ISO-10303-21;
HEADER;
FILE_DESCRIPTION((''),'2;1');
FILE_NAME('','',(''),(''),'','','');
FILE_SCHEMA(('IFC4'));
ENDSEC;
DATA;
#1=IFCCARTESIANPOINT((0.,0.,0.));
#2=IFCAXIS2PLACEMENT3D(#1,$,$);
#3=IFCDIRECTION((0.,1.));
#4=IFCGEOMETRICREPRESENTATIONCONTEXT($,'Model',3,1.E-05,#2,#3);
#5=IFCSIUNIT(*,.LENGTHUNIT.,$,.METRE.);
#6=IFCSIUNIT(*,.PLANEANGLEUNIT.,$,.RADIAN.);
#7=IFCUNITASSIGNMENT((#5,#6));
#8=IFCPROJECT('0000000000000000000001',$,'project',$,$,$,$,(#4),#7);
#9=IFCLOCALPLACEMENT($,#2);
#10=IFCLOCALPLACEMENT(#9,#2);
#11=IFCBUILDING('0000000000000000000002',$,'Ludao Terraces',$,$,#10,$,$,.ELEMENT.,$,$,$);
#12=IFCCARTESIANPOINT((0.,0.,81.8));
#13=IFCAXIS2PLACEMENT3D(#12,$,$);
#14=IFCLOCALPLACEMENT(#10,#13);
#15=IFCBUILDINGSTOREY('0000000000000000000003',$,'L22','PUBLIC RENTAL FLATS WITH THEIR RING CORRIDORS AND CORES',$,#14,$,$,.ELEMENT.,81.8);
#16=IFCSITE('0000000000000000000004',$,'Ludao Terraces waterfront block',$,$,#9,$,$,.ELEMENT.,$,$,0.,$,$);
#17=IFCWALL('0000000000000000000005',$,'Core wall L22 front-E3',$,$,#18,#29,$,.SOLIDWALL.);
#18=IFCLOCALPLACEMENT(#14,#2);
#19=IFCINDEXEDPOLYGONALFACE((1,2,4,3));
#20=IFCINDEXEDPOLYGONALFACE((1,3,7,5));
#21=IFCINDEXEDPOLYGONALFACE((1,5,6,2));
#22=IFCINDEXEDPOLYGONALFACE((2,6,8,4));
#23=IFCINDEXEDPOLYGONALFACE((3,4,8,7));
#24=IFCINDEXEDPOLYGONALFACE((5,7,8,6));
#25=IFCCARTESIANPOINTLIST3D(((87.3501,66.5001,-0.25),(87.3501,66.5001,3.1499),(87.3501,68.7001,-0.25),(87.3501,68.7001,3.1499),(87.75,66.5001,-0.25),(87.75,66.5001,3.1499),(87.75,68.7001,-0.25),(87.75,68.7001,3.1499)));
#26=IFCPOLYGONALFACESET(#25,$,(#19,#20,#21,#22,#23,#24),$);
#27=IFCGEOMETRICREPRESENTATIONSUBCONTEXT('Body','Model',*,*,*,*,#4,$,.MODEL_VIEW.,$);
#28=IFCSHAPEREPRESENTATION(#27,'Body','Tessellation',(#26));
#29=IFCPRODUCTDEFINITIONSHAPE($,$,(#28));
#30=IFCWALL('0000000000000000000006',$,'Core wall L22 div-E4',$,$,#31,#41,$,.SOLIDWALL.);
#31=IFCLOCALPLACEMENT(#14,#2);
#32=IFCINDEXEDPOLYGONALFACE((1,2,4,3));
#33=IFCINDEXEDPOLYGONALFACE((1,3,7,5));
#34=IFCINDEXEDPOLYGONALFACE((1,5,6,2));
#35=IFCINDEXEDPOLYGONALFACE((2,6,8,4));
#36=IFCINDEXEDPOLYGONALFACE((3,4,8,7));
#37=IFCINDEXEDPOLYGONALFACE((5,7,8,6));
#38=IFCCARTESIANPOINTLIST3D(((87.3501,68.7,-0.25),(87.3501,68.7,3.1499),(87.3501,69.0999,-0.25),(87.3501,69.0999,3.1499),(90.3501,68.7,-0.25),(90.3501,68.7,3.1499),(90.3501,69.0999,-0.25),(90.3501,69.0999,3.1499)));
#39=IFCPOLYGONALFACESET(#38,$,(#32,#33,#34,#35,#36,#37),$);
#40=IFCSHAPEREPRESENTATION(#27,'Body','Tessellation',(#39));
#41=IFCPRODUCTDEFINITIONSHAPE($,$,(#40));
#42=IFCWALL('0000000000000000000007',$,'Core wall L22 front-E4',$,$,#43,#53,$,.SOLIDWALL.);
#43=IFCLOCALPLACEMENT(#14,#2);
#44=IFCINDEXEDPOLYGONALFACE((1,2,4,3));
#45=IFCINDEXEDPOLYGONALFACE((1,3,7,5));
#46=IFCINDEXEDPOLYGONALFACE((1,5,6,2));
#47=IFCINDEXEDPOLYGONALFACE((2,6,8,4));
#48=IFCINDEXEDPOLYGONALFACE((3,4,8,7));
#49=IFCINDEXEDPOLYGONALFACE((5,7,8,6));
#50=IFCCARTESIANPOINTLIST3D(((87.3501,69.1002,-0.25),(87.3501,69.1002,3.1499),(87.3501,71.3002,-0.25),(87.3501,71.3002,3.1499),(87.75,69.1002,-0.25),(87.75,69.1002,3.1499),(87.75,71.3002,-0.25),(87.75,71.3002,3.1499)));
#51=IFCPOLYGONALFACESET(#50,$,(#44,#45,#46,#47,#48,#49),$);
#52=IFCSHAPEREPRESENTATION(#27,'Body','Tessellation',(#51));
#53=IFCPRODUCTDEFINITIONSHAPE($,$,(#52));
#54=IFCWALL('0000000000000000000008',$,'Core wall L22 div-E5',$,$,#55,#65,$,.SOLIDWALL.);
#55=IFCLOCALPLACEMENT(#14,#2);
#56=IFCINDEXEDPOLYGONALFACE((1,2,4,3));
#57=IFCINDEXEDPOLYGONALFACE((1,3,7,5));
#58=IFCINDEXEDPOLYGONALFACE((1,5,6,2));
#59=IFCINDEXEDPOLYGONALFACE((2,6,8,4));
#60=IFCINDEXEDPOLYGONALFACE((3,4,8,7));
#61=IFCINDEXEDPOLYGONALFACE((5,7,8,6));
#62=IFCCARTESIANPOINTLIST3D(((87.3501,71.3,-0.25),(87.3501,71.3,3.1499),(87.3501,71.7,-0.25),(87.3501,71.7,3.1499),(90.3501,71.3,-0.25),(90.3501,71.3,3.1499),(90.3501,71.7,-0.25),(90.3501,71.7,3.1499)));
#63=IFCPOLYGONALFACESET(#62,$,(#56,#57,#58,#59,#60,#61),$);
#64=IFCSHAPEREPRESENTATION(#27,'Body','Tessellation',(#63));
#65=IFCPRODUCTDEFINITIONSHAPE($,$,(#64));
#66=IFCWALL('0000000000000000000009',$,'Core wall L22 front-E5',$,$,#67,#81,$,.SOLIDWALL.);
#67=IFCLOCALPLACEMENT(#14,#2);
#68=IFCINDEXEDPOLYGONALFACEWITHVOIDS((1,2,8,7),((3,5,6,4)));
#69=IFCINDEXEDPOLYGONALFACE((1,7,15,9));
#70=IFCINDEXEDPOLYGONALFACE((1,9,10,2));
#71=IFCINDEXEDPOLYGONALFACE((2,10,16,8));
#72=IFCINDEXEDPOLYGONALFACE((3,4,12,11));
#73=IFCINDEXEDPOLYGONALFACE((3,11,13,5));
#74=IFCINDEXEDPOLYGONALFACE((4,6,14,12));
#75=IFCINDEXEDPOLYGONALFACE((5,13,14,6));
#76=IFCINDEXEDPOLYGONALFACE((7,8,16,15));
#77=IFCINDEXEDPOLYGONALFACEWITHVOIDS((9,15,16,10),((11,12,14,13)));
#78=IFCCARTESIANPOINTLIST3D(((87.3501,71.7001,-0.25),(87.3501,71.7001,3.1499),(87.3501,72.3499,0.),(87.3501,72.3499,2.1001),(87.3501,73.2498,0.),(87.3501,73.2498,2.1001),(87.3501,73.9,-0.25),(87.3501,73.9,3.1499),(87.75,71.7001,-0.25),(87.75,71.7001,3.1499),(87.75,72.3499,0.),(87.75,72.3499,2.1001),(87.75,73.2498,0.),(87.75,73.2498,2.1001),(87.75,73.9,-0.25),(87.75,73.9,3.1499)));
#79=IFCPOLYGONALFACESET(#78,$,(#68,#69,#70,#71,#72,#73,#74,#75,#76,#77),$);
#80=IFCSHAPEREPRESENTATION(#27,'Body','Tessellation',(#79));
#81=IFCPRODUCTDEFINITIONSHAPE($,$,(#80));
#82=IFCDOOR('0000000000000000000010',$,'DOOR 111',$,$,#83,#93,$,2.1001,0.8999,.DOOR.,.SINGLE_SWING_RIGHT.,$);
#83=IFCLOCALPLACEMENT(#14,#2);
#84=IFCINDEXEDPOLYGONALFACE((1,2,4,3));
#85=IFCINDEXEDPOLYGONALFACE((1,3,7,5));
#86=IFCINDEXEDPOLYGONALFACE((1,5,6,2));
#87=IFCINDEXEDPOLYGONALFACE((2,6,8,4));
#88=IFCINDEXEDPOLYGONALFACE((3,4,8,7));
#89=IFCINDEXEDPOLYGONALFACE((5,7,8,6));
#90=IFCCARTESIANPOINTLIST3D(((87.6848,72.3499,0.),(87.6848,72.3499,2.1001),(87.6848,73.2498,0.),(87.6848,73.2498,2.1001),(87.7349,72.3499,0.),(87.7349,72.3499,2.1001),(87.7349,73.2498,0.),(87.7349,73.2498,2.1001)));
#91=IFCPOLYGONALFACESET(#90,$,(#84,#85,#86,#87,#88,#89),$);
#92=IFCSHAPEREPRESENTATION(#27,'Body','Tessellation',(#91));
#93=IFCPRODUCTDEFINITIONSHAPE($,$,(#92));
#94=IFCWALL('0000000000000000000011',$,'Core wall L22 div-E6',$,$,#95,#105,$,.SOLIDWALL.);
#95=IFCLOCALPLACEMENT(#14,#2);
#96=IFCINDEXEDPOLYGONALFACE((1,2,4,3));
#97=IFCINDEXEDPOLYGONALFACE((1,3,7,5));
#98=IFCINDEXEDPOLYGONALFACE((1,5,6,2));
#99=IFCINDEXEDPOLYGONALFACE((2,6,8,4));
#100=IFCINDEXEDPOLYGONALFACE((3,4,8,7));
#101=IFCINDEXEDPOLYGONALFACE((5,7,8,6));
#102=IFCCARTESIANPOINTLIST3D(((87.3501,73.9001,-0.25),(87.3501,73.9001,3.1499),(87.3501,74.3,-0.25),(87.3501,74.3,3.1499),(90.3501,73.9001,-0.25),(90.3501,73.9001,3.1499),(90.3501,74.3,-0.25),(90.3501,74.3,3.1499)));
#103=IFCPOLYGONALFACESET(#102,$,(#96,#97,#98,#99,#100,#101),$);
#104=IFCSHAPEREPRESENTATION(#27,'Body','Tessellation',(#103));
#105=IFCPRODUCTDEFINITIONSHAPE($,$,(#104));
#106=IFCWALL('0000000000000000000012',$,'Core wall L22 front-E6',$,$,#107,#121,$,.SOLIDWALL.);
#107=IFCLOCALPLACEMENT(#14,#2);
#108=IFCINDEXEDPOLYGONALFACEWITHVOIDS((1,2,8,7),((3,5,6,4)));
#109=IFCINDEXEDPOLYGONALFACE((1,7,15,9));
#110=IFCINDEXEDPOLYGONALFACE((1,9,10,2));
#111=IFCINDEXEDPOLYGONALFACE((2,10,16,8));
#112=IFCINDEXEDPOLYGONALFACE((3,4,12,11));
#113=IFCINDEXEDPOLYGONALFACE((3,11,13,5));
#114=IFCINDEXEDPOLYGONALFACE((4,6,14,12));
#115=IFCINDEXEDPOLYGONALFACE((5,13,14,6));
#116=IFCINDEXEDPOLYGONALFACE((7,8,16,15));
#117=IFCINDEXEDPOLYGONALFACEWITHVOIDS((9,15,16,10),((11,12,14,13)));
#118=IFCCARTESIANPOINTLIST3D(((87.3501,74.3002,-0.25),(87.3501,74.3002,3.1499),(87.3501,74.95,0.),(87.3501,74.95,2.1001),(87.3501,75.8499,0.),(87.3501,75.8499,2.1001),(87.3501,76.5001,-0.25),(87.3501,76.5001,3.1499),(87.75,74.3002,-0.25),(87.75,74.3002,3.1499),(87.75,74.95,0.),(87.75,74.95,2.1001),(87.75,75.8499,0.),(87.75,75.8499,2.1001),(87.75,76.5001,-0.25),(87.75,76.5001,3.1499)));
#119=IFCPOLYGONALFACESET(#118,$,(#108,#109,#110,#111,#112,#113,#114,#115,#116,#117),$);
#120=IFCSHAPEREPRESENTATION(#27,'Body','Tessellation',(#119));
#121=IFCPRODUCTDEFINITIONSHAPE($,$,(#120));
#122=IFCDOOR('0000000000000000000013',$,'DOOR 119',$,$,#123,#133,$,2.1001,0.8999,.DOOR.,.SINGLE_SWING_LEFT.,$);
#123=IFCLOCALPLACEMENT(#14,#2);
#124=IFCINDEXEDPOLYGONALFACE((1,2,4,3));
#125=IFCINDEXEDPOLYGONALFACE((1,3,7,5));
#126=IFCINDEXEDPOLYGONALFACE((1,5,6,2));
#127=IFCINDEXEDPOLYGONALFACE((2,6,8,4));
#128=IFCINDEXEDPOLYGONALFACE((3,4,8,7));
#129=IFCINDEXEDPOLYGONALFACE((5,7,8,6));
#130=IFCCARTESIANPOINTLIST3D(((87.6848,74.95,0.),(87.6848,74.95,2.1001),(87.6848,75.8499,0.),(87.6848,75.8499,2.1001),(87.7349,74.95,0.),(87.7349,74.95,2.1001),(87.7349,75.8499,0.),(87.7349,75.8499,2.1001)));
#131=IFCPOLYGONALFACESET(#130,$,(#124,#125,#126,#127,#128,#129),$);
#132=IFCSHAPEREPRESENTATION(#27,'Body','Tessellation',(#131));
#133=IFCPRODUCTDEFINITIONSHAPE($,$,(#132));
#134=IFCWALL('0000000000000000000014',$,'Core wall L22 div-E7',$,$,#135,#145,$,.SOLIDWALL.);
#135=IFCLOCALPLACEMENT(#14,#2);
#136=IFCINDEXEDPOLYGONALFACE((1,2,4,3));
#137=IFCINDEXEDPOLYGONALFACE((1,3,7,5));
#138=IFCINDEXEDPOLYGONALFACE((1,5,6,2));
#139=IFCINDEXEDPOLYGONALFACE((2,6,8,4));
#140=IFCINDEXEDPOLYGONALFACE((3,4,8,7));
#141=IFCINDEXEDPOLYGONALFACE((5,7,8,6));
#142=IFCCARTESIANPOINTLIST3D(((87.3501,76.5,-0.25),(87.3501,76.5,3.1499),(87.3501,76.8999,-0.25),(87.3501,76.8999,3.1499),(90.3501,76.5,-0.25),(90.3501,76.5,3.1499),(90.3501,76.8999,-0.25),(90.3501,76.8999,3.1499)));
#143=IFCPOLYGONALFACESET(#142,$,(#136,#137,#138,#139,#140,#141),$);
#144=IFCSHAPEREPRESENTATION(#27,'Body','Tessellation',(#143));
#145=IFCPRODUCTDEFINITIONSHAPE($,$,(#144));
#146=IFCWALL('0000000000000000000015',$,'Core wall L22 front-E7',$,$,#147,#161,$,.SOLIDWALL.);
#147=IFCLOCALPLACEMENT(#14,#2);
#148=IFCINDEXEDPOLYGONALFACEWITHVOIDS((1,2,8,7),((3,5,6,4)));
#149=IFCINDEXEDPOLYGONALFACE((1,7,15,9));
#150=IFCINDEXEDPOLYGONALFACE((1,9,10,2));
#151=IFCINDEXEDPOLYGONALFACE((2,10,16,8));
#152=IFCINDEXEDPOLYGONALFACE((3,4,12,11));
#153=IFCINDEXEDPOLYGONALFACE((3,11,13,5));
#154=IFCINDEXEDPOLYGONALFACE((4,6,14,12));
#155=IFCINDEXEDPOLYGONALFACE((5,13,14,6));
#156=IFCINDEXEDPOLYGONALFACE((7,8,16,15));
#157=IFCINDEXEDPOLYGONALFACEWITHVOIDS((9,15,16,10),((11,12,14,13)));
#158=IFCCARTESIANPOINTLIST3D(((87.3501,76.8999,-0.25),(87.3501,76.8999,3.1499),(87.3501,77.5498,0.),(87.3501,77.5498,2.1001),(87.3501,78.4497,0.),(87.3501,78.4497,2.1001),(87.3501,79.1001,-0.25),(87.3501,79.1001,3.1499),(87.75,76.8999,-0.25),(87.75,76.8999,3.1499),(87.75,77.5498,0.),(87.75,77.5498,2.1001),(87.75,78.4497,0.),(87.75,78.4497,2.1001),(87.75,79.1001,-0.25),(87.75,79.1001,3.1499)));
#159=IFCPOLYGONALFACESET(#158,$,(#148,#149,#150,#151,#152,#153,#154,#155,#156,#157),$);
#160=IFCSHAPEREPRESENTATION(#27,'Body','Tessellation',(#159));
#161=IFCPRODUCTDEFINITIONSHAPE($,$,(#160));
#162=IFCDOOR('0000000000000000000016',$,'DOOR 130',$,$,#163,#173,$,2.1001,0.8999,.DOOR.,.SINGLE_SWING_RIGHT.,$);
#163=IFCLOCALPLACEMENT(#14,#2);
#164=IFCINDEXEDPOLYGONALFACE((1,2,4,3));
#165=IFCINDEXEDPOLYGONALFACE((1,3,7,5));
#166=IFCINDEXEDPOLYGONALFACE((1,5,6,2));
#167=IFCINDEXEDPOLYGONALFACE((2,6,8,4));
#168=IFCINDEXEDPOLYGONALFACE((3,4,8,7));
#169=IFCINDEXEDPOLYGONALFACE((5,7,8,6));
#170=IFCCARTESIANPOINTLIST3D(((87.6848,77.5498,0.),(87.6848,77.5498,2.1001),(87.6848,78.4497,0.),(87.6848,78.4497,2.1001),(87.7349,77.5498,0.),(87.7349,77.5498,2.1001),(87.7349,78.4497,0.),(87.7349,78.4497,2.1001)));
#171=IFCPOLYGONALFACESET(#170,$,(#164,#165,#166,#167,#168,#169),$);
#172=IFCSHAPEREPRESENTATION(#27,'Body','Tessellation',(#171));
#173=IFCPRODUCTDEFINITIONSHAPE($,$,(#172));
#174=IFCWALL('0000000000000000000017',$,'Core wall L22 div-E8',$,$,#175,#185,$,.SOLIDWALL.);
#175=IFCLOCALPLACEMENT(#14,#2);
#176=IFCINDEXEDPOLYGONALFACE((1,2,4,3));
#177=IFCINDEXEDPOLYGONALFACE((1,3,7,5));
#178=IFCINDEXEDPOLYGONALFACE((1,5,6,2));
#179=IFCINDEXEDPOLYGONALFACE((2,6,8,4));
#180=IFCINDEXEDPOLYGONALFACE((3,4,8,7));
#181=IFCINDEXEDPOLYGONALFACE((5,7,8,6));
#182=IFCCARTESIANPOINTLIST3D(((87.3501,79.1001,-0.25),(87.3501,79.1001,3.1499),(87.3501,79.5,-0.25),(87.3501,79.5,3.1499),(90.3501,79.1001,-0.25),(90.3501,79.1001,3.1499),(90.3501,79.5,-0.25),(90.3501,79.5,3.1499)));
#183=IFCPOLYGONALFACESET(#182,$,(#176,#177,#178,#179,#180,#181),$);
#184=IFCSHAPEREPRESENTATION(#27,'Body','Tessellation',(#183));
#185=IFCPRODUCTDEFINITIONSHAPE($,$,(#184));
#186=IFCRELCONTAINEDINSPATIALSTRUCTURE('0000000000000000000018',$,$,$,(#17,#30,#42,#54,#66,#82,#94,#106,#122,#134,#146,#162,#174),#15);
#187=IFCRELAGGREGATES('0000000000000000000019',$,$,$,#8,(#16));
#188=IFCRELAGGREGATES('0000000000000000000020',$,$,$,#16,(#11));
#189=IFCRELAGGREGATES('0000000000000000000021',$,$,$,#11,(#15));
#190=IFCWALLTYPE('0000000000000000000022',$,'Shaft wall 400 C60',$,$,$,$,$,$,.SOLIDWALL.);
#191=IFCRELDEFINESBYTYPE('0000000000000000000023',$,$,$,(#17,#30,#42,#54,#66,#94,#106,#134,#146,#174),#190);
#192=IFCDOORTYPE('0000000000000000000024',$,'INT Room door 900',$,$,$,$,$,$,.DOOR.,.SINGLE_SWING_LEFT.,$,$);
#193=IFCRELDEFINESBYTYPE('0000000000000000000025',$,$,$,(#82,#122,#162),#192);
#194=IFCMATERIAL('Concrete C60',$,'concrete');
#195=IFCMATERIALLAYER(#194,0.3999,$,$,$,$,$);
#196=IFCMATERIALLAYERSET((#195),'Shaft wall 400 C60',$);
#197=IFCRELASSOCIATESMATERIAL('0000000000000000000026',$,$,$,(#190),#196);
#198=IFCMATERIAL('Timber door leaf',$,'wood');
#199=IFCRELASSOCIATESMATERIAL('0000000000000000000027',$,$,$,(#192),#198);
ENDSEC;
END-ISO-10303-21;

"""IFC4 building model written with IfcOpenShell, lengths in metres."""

from ifc_helpers import new_model, si_unit, direction, frame, frame_2d, origin, place, context, subcontext, project, spatial, rectangle, extrude, material, layer, layer_set, type_object, element, fill, save


model = new_model("IFC4")

# Units and contexts
model_context = context("Model", 3, precision=1e-05, world=origin(), true_north=direction((0.0, 1.0)))
body_context = subcontext(model_context, "Body", "Model", "MODEL_VIEW")
ifc_project = project(units=[si_unit("LENGTHUNIT", "METRE"), si_unit("PLANEANGLEUNIT", "RADIAN")], contexts=[model_context])

# Site, building, storey
site_placement = place(None, origin())
site = spatial("IfcSite", under=ifc_project, at=site_placement, Name="Ludao Terraces waterfront block", CompositionType="ELEMENT", RefElevation=0.0)
building_placement = place(site_placement, origin())
building = spatial("IfcBuilding", under=site, at=building_placement, Name="Ludao Terraces", CompositionType="ELEMENT")
storey_placement = place(building_placement, frame((0.0, 0.0, 81.8)))
storey = spatial("IfcBuildingStorey", under=building, at=storey_placement, Name="L22", Description="PUBLIC RENTAL FLATS WITH THEIR RING CORRIDORS AND CORES", CompositionType="ELEMENT", Elevation=81.8)

# Walls
ifc_material_1 = material(Name="Concrete C60", Category="concrete")
ifc_layer_1 = layer(ifc_material_1, 0.3999)
ifc_layer_set_1 = layer_set([ifc_layer_1], Name="Shaft wall 400 C60")
wall_type_1 = type_object("IfcWallType", Name="Shaft wall 400 C60", PredefinedType="SOLIDWALL", material=ifc_layer_set_1)
wall_1_placement = place(storey_placement, frame((87.55, 66.5, -0.25), z_axis=(0.0, 0.0, 1.0), x_axis=(0.0, 1.0, 0.0)))
element("IfcWall", 1, at=wall_1_placement, inside=storey, type_object=wall_type_1, Name="Core wall L22 front-E3", PredefinedType="SOLIDWALL", context=body_context, shape_type="SweptSolid", body=[
    extrude(rectangle(XDim=2.2, YDim=0.3999, at=frame_2d((1.1001, 0.0))), origin(), (0.0, 0.0, 1.0), 3.3999),
])
wall_2_placement = place(storey_placement, frame((87.3501, 68.8999, -0.25), z_axis=(0.0, 0.0, 1.0), x_axis=(1.0, 0.0, 0.0)))
element("IfcWall", 2, at=wall_2_placement, inside=storey, type_object=wall_type_1, Name="Core wall L22 div-E4", PredefinedType="SOLIDWALL", context=body_context, shape_type="SweptSolid", body=[
    extrude(rectangle(XDim=3.0, YDim=0.3999, at=frame_2d((1.5, 0.0))), origin(), (0.0, 0.0, 1.0), 3.3999),
])
wall_3_placement = place(storey_placement, frame((87.55, 69.1001, -0.25), z_axis=(0.0, 0.0, 1.0), x_axis=(0.0, 1.0, 0.0)))
element("IfcWall", 3, at=wall_3_placement, inside=storey, type_object=wall_type_1, Name="Core wall L22 front-E4", PredefinedType="SOLIDWALL", context=body_context, shape_type="SweptSolid", body=[
    extrude(rectangle(XDim=2.2, YDim=0.3999, at=frame_2d((1.1001, 0.0))), origin(), (0.0, 0.0, 1.0), 3.3999),
])
wall_4_placement = place(storey_placement, frame((87.3501, 71.5, -0.25), z_axis=(0.0, 0.0, 1.0), x_axis=(1.0, 0.0, 0.0)))
element("IfcWall", 4, at=wall_4_placement, inside=storey, type_object=wall_type_1, Name="Core wall L22 div-E5", PredefinedType="SOLIDWALL", context=body_context, shape_type="SweptSolid", body=[
    extrude(rectangle(XDim=3.0, YDim=0.3999, at=frame_2d((1.5, 0.0))), origin(), (0.0, 0.0, 1.0), 3.3999),
])

# Wall, opening, door
wall_5_placement = place(storey_placement, frame((87.55, 71.7, -0.25), z_axis=(0.0, 0.0, 1.0), x_axis=(0.0, 1.0, 0.0)))
wall_5 = element("IfcWall", 5, at=wall_5_placement, inside=storey, type_object=wall_type_1, Name="Core wall L22 front-E5", PredefinedType="SOLIDWALL", context=body_context, shape_type="SweptSolid", body=[
    extrude(rectangle(XDim=2.2, YDim=0.3999, at=frame_2d((1.1001, 0.0))), origin(), (0.0, 0.0, 1.0), 3.3999),
])
opening_1_placement = place(wall_5_placement, frame((0.6499, 0.0, 0.25)))
opening_1 = element("IfcOpeningElement", 6, at=opening_1_placement, cuts=wall_5, PredefinedType="OPENING", context=body_context, shape_type="SweptSolid", body=[
    extrude(rectangle(XDim=0.8999, YDim=2.1001, at=frame_2d((0.45, 1.05))), frame((0.0, 0.21, 0.0), z_axis=(0.0, -1.0, 0.0), x_axis=(1.0, 0.0, 0.0)), (0.0, 0.0, 1.0), 0.4199),
])
ifc_material_2 = material(Name="Timber door leaf", Category="wood")
door_type_1 = type_object("IfcDoorType", Name="INT Room door 900", OperationType="SINGLE_SWING_LEFT", PredefinedType="DOOR", material=ifc_material_2)
door_1_placement = place(opening_1_placement, origin())
door_1 = element("IfcDoor", 7, at=door_1_placement, inside=storey, type_object=door_type_1, Name="DOOR 111", OperationType="SINGLE_SWING_RIGHT", OverallHeight=2.1001, OverallWidth=0.8999, PredefinedType="DOOR", context=body_context, shape_type="SweptSolid", body=[
    extrude(rectangle(XDim=0.8999, YDim=2.1001, at=frame_2d((0.45, 1.05))), frame((0.0, -0.1348, 0.0), z_axis=(0.0, -1.0, 0.0), x_axis=(1.0, 0.0, 0.0)), (0.0, 0.0, 1.0), 0.05),
])
fill(opening_1, door_1)

# Wall
wall_6_placement = place(storey_placement, frame((87.3501, 74.1001, -0.25), z_axis=(0.0, 0.0, 1.0), x_axis=(1.0, 0.0, 0.0)))
element("IfcWall", 8, at=wall_6_placement, inside=storey, type_object=wall_type_1, Name="Core wall L22 div-E6", PredefinedType="SOLIDWALL", context=body_context, shape_type="SweptSolid", body=[
    extrude(rectangle(XDim=3.0, YDim=0.3999, at=frame_2d((1.5, 0.0))), origin(), (0.0, 0.0, 1.0), 3.3999),
])

# Wall, opening, door
wall_7_placement = place(storey_placement, frame((87.55, 74.3, -0.25), z_axis=(0.0, 0.0, 1.0), x_axis=(0.0, 1.0, 0.0)))
wall_7 = element("IfcWall", 9, at=wall_7_placement, inside=storey, type_object=wall_type_1, Name="Core wall L22 front-E6", PredefinedType="SOLIDWALL", context=body_context, shape_type="SweptSolid", body=[
    extrude(rectangle(XDim=2.2, YDim=0.3999, at=frame_2d((1.1001, 0.0))), origin(), (0.0, 0.0, 1.0), 3.3999),
])
opening_2_placement = place(wall_7_placement, frame((0.6499, 0.0, 0.25)))
opening_2 = element("IfcOpeningElement", 10, at=opening_2_placement, cuts=wall_7, PredefinedType="OPENING", context=body_context, shape_type="SweptSolid", body=[
    extrude(rectangle(XDim=0.8999, YDim=2.1001, at=frame_2d((0.45, 1.05))), frame((0.0, 0.21, 0.0), z_axis=(0.0, -1.0, 0.0), x_axis=(1.0, 0.0, 0.0)), (0.0, 0.0, 1.0), 0.4199),
])
door_2_placement = place(opening_2_placement, origin())
door_2 = element("IfcDoor", 11, at=door_2_placement, inside=storey, type_object=door_type_1, Name="DOOR 119", OperationType="SINGLE_SWING_LEFT", OverallHeight=2.1001, OverallWidth=0.8999, PredefinedType="DOOR", context=body_context, shape_type="SweptSolid", body=[
    extrude(rectangle(XDim=0.8999, YDim=2.1001, at=frame_2d((0.45, 1.05))), frame((0.0, -0.1348, 0.0), z_axis=(0.0, -1.0, 0.0), x_axis=(1.0, 0.0, 0.0)), (0.0, 0.0, 1.0), 0.05),
])
fill(opening_2, door_2)

# Wall
wall_8_placement = place(storey_placement, frame((87.3501, 76.7, -0.25), z_axis=(0.0, 0.0, 1.0), x_axis=(1.0, 0.0, 0.0)))
element("IfcWall", 12, at=wall_8_placement, inside=storey, type_object=wall_type_1, Name="Core wall L22 div-E7", PredefinedType="SOLIDWALL", context=body_context, shape_type="SweptSolid", body=[
    extrude(rectangle(XDim=3.0, YDim=0.3999, at=frame_2d((1.5, 0.0))), origin(), (0.0, 0.0, 1.0), 3.3999),
])

# Wall, opening, door
wall_9_placement = place(storey_placement, frame((87.55, 76.8999, -0.25), z_axis=(0.0, 0.0, 1.0), x_axis=(0.0, 1.0, 0.0)))
wall_9 = element("IfcWall", 13, at=wall_9_placement, inside=storey, type_object=wall_type_1, Name="Core wall L22 front-E7", PredefinedType="SOLIDWALL", context=body_context, shape_type="SweptSolid", body=[
    extrude(rectangle(XDim=2.2002, YDim=0.3999, at=frame_2d((1.1001, 0.0))), origin(), (0.0, 0.0, 1.0), 3.3999),
])
opening_3_placement = place(wall_9_placement, frame((0.6499, 0.0, 0.25)))
opening_3 = element("IfcOpeningElement", 14, at=opening_3_placement, cuts=wall_9, PredefinedType="OPENING", context=body_context, shape_type="SweptSolid", body=[
    extrude(rectangle(XDim=0.8999, YDim=2.1001, at=frame_2d((0.45, 1.05))), frame((0.0, 0.21, 0.0), z_axis=(0.0, -1.0, 0.0), x_axis=(1.0, 0.0, 0.0)), (0.0, 0.0, 1.0), 0.4199),
])
door_3_placement = place(opening_3_placement, origin())
door_3 = element("IfcDoor", 15, at=door_3_placement, inside=storey, type_object=door_type_1, Name="DOOR 130", OperationType="SINGLE_SWING_RIGHT", OverallHeight=2.1001, OverallWidth=0.8999, PredefinedType="DOOR", context=body_context, shape_type="SweptSolid", body=[
    extrude(rectangle(XDim=0.8999, YDim=2.1001, at=frame_2d((0.45, 1.05))), frame((0.0, -0.1348, 0.0), z_axis=(0.0, -1.0, 0.0), x_axis=(1.0, 0.0, 0.0)), (0.0, 0.0, 1.0), 0.05),
])
fill(opening_3, door_3)

# Wall
wall_10_placement = place(storey_placement, frame((87.3501, 79.3, -0.25), z_axis=(0.0, 0.0, 1.0), x_axis=(1.0, 0.0, 0.0)))
element("IfcWall", 16, at=wall_10_placement, inside=storey, type_object=wall_type_1, Name="Core wall L22 div-E8", PredefinedType="SOLIDWALL", context=body_context, shape_type="SweptSolid", body=[
    extrude(rectangle(XDim=3.0, YDim=0.3999, at=frame_2d((1.5, 0.0))), origin(), (0.0, 0.0, 1.0), 3.3999),
])

save(model, "model.ifc")
